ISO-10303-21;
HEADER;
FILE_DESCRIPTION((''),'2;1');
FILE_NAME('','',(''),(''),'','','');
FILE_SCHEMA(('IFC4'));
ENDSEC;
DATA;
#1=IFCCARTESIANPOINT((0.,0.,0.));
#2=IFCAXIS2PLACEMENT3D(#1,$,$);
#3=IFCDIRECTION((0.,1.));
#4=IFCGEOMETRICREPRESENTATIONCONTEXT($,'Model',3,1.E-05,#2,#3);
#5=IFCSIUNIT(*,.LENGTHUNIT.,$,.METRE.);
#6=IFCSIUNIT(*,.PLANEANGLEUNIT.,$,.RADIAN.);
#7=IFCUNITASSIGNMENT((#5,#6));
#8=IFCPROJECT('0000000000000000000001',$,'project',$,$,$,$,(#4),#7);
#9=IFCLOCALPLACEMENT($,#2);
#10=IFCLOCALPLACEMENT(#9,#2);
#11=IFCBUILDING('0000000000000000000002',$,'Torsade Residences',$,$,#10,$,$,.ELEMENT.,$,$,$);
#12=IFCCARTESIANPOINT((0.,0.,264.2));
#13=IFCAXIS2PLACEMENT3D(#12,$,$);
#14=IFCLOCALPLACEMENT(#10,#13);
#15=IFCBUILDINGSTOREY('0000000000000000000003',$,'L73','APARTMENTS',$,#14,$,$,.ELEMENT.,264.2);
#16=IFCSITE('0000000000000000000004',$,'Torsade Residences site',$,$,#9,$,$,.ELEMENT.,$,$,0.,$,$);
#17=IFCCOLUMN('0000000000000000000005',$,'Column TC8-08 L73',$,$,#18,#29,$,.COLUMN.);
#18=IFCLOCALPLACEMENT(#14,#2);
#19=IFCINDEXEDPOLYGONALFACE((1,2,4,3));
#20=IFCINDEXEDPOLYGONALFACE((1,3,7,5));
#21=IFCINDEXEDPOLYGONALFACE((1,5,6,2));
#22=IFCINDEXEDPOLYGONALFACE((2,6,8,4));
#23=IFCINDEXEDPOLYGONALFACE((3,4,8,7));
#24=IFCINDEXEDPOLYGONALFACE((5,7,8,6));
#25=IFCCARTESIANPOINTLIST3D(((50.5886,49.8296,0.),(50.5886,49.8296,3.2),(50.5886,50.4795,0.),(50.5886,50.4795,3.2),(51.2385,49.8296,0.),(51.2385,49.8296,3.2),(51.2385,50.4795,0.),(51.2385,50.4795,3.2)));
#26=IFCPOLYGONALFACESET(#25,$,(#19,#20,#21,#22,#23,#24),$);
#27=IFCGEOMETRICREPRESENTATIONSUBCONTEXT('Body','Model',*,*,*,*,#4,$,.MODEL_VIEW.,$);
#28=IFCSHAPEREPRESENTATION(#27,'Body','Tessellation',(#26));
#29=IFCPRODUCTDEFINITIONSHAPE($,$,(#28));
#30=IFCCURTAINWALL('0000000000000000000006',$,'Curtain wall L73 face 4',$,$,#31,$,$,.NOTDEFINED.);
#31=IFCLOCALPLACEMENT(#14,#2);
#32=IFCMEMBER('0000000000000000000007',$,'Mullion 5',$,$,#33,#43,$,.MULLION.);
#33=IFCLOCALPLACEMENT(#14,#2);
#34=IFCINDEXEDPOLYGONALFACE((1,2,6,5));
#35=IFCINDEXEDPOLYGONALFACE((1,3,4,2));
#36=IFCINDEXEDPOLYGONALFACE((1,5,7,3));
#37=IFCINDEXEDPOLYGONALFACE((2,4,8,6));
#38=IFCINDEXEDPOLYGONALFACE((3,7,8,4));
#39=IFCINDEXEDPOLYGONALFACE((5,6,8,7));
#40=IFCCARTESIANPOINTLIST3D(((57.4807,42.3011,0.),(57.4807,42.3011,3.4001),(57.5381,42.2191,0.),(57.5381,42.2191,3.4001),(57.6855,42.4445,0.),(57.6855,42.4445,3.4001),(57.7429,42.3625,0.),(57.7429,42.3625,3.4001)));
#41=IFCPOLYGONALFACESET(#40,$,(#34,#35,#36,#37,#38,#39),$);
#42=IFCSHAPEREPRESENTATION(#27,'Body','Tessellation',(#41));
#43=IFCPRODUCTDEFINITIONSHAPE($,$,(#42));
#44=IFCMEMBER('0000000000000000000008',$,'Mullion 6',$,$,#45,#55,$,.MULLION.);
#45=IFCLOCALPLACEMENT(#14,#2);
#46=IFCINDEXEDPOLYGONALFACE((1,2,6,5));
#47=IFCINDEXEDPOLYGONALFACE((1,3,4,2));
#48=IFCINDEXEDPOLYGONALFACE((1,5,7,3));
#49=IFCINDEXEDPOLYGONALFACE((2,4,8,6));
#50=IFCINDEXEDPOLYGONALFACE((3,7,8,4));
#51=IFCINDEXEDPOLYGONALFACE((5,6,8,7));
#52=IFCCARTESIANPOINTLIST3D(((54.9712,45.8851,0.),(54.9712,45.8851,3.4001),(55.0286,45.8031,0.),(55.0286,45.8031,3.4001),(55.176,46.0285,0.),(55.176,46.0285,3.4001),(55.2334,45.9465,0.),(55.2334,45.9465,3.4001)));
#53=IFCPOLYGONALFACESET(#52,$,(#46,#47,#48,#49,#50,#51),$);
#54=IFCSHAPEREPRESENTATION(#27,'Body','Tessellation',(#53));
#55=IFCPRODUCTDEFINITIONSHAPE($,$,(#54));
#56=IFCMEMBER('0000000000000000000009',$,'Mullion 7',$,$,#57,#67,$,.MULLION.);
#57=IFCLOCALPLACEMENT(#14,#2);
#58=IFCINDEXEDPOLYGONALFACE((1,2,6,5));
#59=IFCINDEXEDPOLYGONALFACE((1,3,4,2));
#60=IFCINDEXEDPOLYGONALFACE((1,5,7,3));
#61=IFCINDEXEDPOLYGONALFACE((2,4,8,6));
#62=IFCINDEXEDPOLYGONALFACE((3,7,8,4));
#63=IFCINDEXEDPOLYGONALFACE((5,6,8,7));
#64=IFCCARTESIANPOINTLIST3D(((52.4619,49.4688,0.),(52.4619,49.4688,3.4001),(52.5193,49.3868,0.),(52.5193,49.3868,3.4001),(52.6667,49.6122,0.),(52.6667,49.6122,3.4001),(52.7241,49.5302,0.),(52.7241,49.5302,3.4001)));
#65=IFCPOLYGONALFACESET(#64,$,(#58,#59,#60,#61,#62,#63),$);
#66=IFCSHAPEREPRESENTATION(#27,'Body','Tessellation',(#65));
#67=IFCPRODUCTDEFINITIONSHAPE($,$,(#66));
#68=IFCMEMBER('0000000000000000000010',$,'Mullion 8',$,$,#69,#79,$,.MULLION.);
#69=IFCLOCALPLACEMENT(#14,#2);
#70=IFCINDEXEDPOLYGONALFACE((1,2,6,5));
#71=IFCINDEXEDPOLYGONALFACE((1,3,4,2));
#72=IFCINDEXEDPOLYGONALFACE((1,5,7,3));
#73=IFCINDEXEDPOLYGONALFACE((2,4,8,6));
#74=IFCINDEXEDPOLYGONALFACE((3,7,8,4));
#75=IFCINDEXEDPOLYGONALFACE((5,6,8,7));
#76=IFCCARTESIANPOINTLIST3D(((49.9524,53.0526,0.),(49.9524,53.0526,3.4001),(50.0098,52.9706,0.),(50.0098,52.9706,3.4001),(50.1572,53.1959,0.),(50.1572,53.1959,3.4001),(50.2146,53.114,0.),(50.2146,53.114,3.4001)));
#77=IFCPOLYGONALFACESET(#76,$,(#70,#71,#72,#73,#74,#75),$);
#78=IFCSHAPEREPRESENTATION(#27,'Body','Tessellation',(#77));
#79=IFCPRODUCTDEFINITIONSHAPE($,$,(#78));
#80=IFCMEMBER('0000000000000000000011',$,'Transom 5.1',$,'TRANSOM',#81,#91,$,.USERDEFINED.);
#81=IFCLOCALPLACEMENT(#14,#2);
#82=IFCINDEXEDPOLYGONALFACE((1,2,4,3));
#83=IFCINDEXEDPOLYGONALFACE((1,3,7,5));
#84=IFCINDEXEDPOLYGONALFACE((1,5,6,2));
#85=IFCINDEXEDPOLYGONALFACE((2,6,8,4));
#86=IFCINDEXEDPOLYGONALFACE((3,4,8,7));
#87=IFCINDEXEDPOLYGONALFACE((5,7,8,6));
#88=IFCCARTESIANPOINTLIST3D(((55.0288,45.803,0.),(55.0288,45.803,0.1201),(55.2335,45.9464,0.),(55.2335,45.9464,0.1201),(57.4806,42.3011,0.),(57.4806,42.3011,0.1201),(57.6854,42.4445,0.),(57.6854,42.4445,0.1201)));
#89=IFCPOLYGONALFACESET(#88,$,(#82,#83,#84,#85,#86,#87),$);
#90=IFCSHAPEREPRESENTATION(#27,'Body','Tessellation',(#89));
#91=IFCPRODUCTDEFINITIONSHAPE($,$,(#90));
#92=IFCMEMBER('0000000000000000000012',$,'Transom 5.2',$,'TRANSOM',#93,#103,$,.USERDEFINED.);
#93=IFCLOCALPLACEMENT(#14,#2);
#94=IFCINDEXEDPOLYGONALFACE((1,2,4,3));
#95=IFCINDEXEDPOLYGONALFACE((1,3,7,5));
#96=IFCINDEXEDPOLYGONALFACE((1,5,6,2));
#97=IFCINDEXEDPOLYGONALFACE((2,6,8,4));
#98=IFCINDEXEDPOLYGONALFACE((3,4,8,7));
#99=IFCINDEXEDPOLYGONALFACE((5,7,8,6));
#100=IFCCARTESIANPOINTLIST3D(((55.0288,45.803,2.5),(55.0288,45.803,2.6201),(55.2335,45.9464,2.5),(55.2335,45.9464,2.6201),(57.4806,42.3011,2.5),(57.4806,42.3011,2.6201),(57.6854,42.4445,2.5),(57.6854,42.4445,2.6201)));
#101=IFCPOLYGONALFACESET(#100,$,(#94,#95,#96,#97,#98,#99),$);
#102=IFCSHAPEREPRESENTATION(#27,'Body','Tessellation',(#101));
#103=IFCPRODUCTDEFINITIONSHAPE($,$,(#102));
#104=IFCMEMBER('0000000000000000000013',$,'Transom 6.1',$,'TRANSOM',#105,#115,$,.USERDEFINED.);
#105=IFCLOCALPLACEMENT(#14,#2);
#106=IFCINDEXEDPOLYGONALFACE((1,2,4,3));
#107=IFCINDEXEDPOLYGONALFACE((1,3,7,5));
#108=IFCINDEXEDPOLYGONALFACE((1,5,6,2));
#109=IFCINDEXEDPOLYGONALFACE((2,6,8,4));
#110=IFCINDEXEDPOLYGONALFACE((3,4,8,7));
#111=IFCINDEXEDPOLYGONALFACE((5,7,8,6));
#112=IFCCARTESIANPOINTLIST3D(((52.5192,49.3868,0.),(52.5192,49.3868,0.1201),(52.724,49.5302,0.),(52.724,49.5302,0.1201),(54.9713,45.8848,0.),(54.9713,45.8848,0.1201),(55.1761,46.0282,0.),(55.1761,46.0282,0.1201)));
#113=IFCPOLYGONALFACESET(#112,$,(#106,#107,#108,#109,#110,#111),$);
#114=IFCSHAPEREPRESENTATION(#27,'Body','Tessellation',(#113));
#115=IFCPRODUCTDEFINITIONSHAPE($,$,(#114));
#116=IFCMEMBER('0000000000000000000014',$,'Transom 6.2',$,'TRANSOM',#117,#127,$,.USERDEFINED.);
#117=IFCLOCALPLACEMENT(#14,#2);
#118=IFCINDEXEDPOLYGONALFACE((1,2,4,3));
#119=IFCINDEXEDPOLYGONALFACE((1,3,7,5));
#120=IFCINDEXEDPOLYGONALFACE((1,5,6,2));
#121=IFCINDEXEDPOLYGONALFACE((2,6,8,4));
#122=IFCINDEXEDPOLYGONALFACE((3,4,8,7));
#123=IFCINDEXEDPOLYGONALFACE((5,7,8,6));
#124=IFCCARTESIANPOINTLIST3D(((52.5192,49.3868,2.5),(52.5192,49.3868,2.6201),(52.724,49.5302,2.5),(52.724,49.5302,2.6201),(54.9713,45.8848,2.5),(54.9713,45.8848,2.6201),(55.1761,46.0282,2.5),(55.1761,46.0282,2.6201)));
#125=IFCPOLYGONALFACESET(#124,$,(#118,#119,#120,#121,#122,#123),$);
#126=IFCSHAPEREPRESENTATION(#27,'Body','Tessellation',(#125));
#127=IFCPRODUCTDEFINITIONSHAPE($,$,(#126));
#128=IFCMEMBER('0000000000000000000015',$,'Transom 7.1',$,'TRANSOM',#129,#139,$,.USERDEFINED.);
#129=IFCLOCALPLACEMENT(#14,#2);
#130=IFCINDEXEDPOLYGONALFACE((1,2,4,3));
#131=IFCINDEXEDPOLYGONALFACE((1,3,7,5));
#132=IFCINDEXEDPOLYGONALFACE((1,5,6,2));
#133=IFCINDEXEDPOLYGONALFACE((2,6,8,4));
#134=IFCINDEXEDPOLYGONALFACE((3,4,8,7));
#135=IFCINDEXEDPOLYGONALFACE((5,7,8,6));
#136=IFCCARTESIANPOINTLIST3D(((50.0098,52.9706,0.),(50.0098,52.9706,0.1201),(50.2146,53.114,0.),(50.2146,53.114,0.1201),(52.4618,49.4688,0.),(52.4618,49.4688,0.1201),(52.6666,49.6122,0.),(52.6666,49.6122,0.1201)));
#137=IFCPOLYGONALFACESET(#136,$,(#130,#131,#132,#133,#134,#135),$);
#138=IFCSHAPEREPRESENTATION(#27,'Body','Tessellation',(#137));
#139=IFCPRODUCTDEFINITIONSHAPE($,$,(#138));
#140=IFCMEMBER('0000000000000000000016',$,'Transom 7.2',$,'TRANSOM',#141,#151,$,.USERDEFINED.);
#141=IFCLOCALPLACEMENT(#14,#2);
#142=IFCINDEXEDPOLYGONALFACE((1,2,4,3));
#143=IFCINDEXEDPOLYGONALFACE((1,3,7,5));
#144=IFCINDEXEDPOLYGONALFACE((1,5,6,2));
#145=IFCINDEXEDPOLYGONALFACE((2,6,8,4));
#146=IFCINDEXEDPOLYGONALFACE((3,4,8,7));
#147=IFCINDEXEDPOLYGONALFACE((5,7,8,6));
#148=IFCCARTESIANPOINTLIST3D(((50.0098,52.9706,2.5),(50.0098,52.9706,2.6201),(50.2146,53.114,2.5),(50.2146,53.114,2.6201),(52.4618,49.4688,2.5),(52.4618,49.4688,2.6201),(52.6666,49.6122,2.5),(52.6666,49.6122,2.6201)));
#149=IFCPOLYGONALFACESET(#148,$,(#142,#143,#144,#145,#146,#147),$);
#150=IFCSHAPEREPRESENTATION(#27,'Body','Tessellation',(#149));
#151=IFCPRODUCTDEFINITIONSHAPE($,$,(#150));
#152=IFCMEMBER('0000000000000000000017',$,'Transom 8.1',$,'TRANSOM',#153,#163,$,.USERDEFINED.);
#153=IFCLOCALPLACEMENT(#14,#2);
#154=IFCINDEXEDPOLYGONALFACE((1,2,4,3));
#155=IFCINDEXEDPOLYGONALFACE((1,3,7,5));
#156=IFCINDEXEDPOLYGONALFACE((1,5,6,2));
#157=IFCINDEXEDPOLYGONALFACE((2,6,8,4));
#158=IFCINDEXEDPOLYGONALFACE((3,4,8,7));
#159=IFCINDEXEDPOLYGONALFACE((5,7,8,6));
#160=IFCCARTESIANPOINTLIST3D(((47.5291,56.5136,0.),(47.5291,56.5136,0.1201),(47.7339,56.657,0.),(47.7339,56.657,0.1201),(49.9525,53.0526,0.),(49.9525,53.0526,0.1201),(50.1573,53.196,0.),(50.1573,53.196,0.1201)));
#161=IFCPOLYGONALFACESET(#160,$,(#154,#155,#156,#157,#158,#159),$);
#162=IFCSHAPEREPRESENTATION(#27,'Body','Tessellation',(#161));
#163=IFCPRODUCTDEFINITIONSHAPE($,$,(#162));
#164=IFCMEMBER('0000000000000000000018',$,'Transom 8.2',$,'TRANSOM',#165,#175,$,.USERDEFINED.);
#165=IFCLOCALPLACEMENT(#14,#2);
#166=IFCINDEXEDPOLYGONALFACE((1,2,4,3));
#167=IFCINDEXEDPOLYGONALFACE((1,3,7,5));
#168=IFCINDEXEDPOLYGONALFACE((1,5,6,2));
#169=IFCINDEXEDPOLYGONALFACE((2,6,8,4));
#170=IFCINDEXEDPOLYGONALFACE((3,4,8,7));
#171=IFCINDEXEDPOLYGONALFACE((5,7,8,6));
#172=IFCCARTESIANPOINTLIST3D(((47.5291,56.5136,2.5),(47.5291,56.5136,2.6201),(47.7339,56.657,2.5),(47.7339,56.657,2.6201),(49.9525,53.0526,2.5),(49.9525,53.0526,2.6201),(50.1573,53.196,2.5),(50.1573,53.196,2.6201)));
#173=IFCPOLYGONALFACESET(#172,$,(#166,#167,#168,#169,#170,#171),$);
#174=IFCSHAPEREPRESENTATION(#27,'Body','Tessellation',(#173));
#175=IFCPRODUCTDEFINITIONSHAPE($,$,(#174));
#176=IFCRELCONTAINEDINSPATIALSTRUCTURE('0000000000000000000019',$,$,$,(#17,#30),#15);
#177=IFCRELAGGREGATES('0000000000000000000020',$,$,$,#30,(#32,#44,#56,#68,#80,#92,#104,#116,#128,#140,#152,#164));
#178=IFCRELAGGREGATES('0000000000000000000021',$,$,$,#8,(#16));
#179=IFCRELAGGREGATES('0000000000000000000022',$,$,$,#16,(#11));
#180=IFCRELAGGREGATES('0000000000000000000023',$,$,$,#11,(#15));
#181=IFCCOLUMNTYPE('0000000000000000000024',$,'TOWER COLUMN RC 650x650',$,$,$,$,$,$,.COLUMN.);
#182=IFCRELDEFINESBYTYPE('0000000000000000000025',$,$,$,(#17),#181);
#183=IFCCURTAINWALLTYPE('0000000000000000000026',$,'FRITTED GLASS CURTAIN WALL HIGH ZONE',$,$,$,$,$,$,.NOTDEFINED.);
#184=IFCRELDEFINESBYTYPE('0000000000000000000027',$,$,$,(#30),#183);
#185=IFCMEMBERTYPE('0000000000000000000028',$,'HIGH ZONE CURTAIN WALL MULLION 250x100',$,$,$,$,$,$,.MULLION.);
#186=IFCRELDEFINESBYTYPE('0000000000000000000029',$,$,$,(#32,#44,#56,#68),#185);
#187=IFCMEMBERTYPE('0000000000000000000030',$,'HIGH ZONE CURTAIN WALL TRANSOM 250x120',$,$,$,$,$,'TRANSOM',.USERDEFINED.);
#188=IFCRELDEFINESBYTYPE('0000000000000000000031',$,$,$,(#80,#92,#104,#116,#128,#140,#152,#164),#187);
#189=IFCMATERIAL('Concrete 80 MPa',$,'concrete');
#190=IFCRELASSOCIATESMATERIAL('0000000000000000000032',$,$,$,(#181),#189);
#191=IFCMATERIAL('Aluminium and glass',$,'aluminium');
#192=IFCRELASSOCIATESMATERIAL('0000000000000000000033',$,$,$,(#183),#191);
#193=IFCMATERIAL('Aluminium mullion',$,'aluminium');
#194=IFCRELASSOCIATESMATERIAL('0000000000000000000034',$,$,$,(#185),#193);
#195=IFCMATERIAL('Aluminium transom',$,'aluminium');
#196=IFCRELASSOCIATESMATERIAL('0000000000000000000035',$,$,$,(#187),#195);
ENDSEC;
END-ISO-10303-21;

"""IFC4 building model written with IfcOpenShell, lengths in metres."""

from ifc_helpers import new_model, si_unit, direction, frame, origin, origin_2d, place, context, subcontext, project, spatial, rectangle, extrude, material, material_profile, profile_set, type_object, element, aggregate, save


model = new_model("IFC4")

# Units and contexts
model_context = context("Model", 3, precision=1e-05, world=origin(), true_north=direction((0.0, 1.0)))
body_context = subcontext(model_context, "Body", "Model", "MODEL_VIEW")
ifc_project = project(units=[si_unit("LENGTHUNIT", "METRE"), si_unit("PLANEANGLEUNIT", "RADIAN")], contexts=[model_context])

# Site, building, storey
site_placement = place(None, origin())
site = spatial("IfcSite", under=ifc_project, at=site_placement, Name="Torsade Residences site", CompositionType="ELEMENT", RefElevation=0.0)
building_placement = place(site_placement, origin())
building = spatial("IfcBuilding", under=site, at=building_placement, Name="Torsade Residences", CompositionType="ELEMENT")
storey_placement = place(building_placement, frame((0.0, 0.0, 264.2)))
storey = spatial("IfcBuildingStorey", under=building, at=storey_placement, Name="L73", Description="APARTMENTS", CompositionType="ELEMENT", Elevation=264.2)

# Column
ifc_material_1 = material(Name="Concrete 80 MPa", Category="concrete")
ifc_material_profile_1 = material_profile(ifc_material_1, rectangle(XDim=0.6499, YDim=0.6499, at=origin_2d()), Name="RC 650x650")
ifc_profile_set_1 = profile_set([ifc_material_profile_1], Name="Concrete 80 MPa")
column_type = type_object("IfcColumnType", Name="TOWER COLUMN RC 650x650", PredefinedType="COLUMN", material=ifc_profile_set_1)
column_placement = place(storey_placement, frame((50.9136, 50.1545, 0.0), z_axis=(0.0, 0.0, 1.0), x_axis=(1.0, 0.0, 0.0)))
element("IfcColumn", 1, at=column_placement, inside=storey, type_object=column_type, Name="Column TC8-08 L73", PredefinedType="COLUMN", context=body_context, shape_type="SweptSolid", body=[
    extrude(rectangle(XDim=0.6499, YDim=0.6499, at=origin_2d()), origin(), (0.0, 0.0, 1.0), 3.2),
])

# Curtain wall, members
ifc_material_2 = material(Name="Aluminium and glass", Category="aluminium")
curtain_wall_type = type_object("IfcCurtainWallType", Name="FRITTED GLASS CURTAIN WALL HIGH ZONE", PredefinedType="NOTDEFINED", material=ifc_material_2)
curtain_wall_placement = place(storey_placement, origin())
curtain_wall = element("IfcCurtainWall", 2, at=curtain_wall_placement, inside=storey, type_object=curtain_wall_type, Name="Curtain wall L73 face 4", PredefinedType="NOTDEFINED")
ifc_material_3 = material(Name="Aluminium mullion", Category="aluminium")
ifc_material_profile_2 = material_profile(ifc_material_3, rectangle(XDim=0.25, YDim=0.1001, at=origin_2d()), Name="HIGH ZONE CURTAIN WALL MULLION 250x100")
ifc_profile_set_2 = profile_set([ifc_material_profile_2], Name="Aluminium mullion")
member_type_1 = type_object("IfcMemberType", Name="HIGH ZONE CURTAIN WALL MULLION 250x100", PredefinedType="MULLION", material=ifc_profile_set_2)
member_1_placement = place(storey_placement, frame((57.6118, 42.3318, 0.0), z_axis=(0.0, 0.0, 1.0), x_axis=(-0.819152, -0.573576, 0.0)))
member_1 = element("IfcMember", 3, at=member_1_placement, type_object=member_type_1, Name="Mullion 5", PredefinedType="MULLION", context=body_context, shape_type="SweptSolid", body=[
    extrude(rectangle(XDim=0.25, YDim=0.1001, at=origin_2d()), origin(), (0.0, 0.0, 1.0), 3.4001),
])
member_2_placement = place(storey_placement, frame((55.1023, 45.9158, 0.0), z_axis=(0.0, 0.0, 1.0), x_axis=(-0.819152, -0.573576, 0.0)))
member_2 = element("IfcMember", 4, at=member_2_placement, type_object=member_type_1, Name="Mullion 6", PredefinedType="MULLION", context=body_context, shape_type="SweptSolid", body=[
    extrude(rectangle(XDim=0.25, YDim=0.1001, at=origin_2d()), origin(), (0.0, 0.0, 1.0), 3.4001),
])
member_3_placement = place(storey_placement, frame((52.593, 49.4995, 0.0), z_axis=(0.0, 0.0, 1.0), x_axis=(-0.819152, -0.573576, 0.0)))
member_3 = element("IfcMember", 5, at=member_3_placement, type_object=member_type_1, Name="Mullion 7", PredefinedType="MULLION", context=body_context, shape_type="SweptSolid", body=[
    extrude(rectangle(XDim=0.25, YDim=0.1001, at=origin_2d()), origin(), (0.0, 0.0, 1.0), 3.4001),
])
member_4_placement = place(storey_placement, frame((50.0835, 53.0833, 0.0), z_axis=(0.0, 0.0, 1.0), x_axis=(-0.819152, -0.573576, 0.0)))
member_4 = element("IfcMember", 6, at=member_4_placement, type_object=member_type_1, Name="Mullion 8", PredefinedType="MULLION", context=body_context, shape_type="SweptSolid", body=[
    extrude(rectangle(XDim=0.25, YDim=0.1001, at=origin_2d()), origin(), (0.0, 0.0, 1.0), 3.4001),
])
ifc_material_4 = material(Name="Aluminium transom", Category="aluminium")
ifc_material_profile_3 = material_profile(ifc_material_4, rectangle(XDim=0.25, YDim=0.1201, at=origin_2d()), Name="HIGH ZONE CURTAIN WALL TRANSOM 250x120")
ifc_profile_set_3 = profile_set([ifc_material_profile_3], Name="Aluminium transom")
member_type_2 = type_object("IfcMemberType", Name="HIGH ZONE CURTAIN WALL TRANSOM 250x120", ElementType="TRANSOM", PredefinedType="USERDEFINED", material=ifc_profile_set_3)
member_5_placement = place(storey_placement, frame((57.583, 42.3728, 0.0601), z_axis=(-0.573547, 0.819173, 0.0), x_axis=(-0.819173, -0.573547, 0.0)))
member_5 = element("IfcMember", 7, at=member_5_placement, type_object=member_type_2, Name="Transom 5.1", ObjectType="TRANSOM", PredefinedType="USERDEFINED", context=body_context, shape_type="SweptSolid", body=[
    extrude(rectangle(XDim=0.25, YDim=0.1201, at=origin_2d()), origin(), (0.0, 0.0, 1.0), 4.2749),
])
member_6_placement = place(storey_placement, frame((57.583, 42.3728, 2.5601), z_axis=(-0.573547, 0.819173, 0.0), x_axis=(-0.819173, -0.573547, 0.0)))
member_6 = element("IfcMember", 8, at=member_6_placement, type_object=member_type_2, Name="Transom 5.2", ObjectType="TRANSOM", PredefinedType="USERDEFINED", context=body_context, shape_type="SweptSolid", body=[
    extrude(rectangle(XDim=0.25, YDim=0.1201, at=origin_2d()), origin(), (0.0, 0.0, 1.0), 4.2749),
])
member_7_placement = place(storey_placement, frame((55.0737, 45.9565, 0.0601), z_axis=(-0.573585, 0.819146, 0.0), x_axis=(-0.819146, -0.573585, 0.0)))
member_7 = element("IfcMember", 9, at=member_7_placement, type_object=member_type_2, Name="Transom 6.1", ObjectType="TRANSOM", PredefinedType="USERDEFINED", context=body_context, shape_type="SweptSolid", body=[
    extrude(rectangle(XDim=0.25, YDim=0.1201, at=origin_2d()), origin(), (0.0, 0.0, 1.0), 4.2751),
])
member_8_placement = place(storey_placement, frame((55.0737, 45.9565, 2.5601), z_axis=(-0.573585, 0.819146, 0.0), x_axis=(-0.819146, -0.573585, 0.0)))
member_8 = element("IfcMember", 10, at=member_8_placement, type_object=member_type_2, Name="Transom 6.2", ObjectType="TRANSOM", PredefinedType="USERDEFINED", context=body_context, shape_type="SweptSolid", body=[
    extrude(rectangle(XDim=0.25, YDim=0.1201, at=origin_2d()), origin(), (0.0, 0.0, 1.0), 4.2751),
])
member_9_placement = place(storey_placement, frame((52.5642, 49.5405, 0.0601), z_axis=(-0.573573, 0.819154, 0.0), x_axis=(-0.819154, -0.573573, 0.0)))
member_9 = element("IfcMember", 11, at=member_9_placement, type_object=member_type_2, Name="Transom 7.1", ObjectType="TRANSOM", PredefinedType="USERDEFINED", context=body_context, shape_type="SweptSolid", body=[
    extrude(rectangle(XDim=0.25, YDim=0.1201, at=origin_2d()), origin(), (0.0, 0.0, 1.0), 4.2749),
])
member_10_placement = place(storey_placement, frame((52.5642, 49.5405, 2.5601), z_axis=(-0.573573, 0.819154, 0.0), x_axis=(-0.819154, -0.573573, 0.0)))
member_10 = element("IfcMember", 12, at=member_10_placement, type_object=member_type_2, Name="Transom 7.2", ObjectType="TRANSOM", PredefinedType="USERDEFINED", context=body_context, shape_type="SweptSolid", body=[
    extrude(rectangle(XDim=0.25, YDim=0.1201, at=origin_2d()), origin(), (0.0, 0.0, 1.0), 4.2749),
])
member_11_placement = place(storey_placement, frame((50.0549, 53.1243, 0.0601), z_axis=(-0.573571, 0.819156, 0.0), x_axis=(-0.819156, -0.573571, 0.0)))
member_11 = element("IfcMember", 13, at=member_11_placement, type_object=member_type_2, Name="Transom 8.1", ObjectType="TRANSOM", PredefinedType="USERDEFINED", context=body_context, shape_type="SweptSolid", body=[
    extrude(rectangle(XDim=0.25, YDim=0.1201, at=origin_2d()), origin(), (0.0, 0.0, 1.0), 4.2251),
])
member_12_placement = place(storey_placement, frame((50.0549, 53.1243, 2.5601), z_axis=(-0.573571, 0.819156, 0.0), x_axis=(-0.819156, -0.573571, 0.0)))
member_12 = element("IfcMember", 14, at=member_12_placement, type_object=member_type_2, Name="Transom 8.2", ObjectType="TRANSOM", PredefinedType="USERDEFINED", context=body_context, shape_type="SweptSolid", body=[
    extrude(rectangle(XDim=0.25, YDim=0.1201, at=origin_2d()), origin(), (0.0, 0.0, 1.0), 4.2251),
])

aggregate(curtain_wall, [member_1, member_2, member_3, member_4, member_5, member_6, member_7, member_8, member_9, member_10, member_11, member_12])

save(model, "model.ifc")
